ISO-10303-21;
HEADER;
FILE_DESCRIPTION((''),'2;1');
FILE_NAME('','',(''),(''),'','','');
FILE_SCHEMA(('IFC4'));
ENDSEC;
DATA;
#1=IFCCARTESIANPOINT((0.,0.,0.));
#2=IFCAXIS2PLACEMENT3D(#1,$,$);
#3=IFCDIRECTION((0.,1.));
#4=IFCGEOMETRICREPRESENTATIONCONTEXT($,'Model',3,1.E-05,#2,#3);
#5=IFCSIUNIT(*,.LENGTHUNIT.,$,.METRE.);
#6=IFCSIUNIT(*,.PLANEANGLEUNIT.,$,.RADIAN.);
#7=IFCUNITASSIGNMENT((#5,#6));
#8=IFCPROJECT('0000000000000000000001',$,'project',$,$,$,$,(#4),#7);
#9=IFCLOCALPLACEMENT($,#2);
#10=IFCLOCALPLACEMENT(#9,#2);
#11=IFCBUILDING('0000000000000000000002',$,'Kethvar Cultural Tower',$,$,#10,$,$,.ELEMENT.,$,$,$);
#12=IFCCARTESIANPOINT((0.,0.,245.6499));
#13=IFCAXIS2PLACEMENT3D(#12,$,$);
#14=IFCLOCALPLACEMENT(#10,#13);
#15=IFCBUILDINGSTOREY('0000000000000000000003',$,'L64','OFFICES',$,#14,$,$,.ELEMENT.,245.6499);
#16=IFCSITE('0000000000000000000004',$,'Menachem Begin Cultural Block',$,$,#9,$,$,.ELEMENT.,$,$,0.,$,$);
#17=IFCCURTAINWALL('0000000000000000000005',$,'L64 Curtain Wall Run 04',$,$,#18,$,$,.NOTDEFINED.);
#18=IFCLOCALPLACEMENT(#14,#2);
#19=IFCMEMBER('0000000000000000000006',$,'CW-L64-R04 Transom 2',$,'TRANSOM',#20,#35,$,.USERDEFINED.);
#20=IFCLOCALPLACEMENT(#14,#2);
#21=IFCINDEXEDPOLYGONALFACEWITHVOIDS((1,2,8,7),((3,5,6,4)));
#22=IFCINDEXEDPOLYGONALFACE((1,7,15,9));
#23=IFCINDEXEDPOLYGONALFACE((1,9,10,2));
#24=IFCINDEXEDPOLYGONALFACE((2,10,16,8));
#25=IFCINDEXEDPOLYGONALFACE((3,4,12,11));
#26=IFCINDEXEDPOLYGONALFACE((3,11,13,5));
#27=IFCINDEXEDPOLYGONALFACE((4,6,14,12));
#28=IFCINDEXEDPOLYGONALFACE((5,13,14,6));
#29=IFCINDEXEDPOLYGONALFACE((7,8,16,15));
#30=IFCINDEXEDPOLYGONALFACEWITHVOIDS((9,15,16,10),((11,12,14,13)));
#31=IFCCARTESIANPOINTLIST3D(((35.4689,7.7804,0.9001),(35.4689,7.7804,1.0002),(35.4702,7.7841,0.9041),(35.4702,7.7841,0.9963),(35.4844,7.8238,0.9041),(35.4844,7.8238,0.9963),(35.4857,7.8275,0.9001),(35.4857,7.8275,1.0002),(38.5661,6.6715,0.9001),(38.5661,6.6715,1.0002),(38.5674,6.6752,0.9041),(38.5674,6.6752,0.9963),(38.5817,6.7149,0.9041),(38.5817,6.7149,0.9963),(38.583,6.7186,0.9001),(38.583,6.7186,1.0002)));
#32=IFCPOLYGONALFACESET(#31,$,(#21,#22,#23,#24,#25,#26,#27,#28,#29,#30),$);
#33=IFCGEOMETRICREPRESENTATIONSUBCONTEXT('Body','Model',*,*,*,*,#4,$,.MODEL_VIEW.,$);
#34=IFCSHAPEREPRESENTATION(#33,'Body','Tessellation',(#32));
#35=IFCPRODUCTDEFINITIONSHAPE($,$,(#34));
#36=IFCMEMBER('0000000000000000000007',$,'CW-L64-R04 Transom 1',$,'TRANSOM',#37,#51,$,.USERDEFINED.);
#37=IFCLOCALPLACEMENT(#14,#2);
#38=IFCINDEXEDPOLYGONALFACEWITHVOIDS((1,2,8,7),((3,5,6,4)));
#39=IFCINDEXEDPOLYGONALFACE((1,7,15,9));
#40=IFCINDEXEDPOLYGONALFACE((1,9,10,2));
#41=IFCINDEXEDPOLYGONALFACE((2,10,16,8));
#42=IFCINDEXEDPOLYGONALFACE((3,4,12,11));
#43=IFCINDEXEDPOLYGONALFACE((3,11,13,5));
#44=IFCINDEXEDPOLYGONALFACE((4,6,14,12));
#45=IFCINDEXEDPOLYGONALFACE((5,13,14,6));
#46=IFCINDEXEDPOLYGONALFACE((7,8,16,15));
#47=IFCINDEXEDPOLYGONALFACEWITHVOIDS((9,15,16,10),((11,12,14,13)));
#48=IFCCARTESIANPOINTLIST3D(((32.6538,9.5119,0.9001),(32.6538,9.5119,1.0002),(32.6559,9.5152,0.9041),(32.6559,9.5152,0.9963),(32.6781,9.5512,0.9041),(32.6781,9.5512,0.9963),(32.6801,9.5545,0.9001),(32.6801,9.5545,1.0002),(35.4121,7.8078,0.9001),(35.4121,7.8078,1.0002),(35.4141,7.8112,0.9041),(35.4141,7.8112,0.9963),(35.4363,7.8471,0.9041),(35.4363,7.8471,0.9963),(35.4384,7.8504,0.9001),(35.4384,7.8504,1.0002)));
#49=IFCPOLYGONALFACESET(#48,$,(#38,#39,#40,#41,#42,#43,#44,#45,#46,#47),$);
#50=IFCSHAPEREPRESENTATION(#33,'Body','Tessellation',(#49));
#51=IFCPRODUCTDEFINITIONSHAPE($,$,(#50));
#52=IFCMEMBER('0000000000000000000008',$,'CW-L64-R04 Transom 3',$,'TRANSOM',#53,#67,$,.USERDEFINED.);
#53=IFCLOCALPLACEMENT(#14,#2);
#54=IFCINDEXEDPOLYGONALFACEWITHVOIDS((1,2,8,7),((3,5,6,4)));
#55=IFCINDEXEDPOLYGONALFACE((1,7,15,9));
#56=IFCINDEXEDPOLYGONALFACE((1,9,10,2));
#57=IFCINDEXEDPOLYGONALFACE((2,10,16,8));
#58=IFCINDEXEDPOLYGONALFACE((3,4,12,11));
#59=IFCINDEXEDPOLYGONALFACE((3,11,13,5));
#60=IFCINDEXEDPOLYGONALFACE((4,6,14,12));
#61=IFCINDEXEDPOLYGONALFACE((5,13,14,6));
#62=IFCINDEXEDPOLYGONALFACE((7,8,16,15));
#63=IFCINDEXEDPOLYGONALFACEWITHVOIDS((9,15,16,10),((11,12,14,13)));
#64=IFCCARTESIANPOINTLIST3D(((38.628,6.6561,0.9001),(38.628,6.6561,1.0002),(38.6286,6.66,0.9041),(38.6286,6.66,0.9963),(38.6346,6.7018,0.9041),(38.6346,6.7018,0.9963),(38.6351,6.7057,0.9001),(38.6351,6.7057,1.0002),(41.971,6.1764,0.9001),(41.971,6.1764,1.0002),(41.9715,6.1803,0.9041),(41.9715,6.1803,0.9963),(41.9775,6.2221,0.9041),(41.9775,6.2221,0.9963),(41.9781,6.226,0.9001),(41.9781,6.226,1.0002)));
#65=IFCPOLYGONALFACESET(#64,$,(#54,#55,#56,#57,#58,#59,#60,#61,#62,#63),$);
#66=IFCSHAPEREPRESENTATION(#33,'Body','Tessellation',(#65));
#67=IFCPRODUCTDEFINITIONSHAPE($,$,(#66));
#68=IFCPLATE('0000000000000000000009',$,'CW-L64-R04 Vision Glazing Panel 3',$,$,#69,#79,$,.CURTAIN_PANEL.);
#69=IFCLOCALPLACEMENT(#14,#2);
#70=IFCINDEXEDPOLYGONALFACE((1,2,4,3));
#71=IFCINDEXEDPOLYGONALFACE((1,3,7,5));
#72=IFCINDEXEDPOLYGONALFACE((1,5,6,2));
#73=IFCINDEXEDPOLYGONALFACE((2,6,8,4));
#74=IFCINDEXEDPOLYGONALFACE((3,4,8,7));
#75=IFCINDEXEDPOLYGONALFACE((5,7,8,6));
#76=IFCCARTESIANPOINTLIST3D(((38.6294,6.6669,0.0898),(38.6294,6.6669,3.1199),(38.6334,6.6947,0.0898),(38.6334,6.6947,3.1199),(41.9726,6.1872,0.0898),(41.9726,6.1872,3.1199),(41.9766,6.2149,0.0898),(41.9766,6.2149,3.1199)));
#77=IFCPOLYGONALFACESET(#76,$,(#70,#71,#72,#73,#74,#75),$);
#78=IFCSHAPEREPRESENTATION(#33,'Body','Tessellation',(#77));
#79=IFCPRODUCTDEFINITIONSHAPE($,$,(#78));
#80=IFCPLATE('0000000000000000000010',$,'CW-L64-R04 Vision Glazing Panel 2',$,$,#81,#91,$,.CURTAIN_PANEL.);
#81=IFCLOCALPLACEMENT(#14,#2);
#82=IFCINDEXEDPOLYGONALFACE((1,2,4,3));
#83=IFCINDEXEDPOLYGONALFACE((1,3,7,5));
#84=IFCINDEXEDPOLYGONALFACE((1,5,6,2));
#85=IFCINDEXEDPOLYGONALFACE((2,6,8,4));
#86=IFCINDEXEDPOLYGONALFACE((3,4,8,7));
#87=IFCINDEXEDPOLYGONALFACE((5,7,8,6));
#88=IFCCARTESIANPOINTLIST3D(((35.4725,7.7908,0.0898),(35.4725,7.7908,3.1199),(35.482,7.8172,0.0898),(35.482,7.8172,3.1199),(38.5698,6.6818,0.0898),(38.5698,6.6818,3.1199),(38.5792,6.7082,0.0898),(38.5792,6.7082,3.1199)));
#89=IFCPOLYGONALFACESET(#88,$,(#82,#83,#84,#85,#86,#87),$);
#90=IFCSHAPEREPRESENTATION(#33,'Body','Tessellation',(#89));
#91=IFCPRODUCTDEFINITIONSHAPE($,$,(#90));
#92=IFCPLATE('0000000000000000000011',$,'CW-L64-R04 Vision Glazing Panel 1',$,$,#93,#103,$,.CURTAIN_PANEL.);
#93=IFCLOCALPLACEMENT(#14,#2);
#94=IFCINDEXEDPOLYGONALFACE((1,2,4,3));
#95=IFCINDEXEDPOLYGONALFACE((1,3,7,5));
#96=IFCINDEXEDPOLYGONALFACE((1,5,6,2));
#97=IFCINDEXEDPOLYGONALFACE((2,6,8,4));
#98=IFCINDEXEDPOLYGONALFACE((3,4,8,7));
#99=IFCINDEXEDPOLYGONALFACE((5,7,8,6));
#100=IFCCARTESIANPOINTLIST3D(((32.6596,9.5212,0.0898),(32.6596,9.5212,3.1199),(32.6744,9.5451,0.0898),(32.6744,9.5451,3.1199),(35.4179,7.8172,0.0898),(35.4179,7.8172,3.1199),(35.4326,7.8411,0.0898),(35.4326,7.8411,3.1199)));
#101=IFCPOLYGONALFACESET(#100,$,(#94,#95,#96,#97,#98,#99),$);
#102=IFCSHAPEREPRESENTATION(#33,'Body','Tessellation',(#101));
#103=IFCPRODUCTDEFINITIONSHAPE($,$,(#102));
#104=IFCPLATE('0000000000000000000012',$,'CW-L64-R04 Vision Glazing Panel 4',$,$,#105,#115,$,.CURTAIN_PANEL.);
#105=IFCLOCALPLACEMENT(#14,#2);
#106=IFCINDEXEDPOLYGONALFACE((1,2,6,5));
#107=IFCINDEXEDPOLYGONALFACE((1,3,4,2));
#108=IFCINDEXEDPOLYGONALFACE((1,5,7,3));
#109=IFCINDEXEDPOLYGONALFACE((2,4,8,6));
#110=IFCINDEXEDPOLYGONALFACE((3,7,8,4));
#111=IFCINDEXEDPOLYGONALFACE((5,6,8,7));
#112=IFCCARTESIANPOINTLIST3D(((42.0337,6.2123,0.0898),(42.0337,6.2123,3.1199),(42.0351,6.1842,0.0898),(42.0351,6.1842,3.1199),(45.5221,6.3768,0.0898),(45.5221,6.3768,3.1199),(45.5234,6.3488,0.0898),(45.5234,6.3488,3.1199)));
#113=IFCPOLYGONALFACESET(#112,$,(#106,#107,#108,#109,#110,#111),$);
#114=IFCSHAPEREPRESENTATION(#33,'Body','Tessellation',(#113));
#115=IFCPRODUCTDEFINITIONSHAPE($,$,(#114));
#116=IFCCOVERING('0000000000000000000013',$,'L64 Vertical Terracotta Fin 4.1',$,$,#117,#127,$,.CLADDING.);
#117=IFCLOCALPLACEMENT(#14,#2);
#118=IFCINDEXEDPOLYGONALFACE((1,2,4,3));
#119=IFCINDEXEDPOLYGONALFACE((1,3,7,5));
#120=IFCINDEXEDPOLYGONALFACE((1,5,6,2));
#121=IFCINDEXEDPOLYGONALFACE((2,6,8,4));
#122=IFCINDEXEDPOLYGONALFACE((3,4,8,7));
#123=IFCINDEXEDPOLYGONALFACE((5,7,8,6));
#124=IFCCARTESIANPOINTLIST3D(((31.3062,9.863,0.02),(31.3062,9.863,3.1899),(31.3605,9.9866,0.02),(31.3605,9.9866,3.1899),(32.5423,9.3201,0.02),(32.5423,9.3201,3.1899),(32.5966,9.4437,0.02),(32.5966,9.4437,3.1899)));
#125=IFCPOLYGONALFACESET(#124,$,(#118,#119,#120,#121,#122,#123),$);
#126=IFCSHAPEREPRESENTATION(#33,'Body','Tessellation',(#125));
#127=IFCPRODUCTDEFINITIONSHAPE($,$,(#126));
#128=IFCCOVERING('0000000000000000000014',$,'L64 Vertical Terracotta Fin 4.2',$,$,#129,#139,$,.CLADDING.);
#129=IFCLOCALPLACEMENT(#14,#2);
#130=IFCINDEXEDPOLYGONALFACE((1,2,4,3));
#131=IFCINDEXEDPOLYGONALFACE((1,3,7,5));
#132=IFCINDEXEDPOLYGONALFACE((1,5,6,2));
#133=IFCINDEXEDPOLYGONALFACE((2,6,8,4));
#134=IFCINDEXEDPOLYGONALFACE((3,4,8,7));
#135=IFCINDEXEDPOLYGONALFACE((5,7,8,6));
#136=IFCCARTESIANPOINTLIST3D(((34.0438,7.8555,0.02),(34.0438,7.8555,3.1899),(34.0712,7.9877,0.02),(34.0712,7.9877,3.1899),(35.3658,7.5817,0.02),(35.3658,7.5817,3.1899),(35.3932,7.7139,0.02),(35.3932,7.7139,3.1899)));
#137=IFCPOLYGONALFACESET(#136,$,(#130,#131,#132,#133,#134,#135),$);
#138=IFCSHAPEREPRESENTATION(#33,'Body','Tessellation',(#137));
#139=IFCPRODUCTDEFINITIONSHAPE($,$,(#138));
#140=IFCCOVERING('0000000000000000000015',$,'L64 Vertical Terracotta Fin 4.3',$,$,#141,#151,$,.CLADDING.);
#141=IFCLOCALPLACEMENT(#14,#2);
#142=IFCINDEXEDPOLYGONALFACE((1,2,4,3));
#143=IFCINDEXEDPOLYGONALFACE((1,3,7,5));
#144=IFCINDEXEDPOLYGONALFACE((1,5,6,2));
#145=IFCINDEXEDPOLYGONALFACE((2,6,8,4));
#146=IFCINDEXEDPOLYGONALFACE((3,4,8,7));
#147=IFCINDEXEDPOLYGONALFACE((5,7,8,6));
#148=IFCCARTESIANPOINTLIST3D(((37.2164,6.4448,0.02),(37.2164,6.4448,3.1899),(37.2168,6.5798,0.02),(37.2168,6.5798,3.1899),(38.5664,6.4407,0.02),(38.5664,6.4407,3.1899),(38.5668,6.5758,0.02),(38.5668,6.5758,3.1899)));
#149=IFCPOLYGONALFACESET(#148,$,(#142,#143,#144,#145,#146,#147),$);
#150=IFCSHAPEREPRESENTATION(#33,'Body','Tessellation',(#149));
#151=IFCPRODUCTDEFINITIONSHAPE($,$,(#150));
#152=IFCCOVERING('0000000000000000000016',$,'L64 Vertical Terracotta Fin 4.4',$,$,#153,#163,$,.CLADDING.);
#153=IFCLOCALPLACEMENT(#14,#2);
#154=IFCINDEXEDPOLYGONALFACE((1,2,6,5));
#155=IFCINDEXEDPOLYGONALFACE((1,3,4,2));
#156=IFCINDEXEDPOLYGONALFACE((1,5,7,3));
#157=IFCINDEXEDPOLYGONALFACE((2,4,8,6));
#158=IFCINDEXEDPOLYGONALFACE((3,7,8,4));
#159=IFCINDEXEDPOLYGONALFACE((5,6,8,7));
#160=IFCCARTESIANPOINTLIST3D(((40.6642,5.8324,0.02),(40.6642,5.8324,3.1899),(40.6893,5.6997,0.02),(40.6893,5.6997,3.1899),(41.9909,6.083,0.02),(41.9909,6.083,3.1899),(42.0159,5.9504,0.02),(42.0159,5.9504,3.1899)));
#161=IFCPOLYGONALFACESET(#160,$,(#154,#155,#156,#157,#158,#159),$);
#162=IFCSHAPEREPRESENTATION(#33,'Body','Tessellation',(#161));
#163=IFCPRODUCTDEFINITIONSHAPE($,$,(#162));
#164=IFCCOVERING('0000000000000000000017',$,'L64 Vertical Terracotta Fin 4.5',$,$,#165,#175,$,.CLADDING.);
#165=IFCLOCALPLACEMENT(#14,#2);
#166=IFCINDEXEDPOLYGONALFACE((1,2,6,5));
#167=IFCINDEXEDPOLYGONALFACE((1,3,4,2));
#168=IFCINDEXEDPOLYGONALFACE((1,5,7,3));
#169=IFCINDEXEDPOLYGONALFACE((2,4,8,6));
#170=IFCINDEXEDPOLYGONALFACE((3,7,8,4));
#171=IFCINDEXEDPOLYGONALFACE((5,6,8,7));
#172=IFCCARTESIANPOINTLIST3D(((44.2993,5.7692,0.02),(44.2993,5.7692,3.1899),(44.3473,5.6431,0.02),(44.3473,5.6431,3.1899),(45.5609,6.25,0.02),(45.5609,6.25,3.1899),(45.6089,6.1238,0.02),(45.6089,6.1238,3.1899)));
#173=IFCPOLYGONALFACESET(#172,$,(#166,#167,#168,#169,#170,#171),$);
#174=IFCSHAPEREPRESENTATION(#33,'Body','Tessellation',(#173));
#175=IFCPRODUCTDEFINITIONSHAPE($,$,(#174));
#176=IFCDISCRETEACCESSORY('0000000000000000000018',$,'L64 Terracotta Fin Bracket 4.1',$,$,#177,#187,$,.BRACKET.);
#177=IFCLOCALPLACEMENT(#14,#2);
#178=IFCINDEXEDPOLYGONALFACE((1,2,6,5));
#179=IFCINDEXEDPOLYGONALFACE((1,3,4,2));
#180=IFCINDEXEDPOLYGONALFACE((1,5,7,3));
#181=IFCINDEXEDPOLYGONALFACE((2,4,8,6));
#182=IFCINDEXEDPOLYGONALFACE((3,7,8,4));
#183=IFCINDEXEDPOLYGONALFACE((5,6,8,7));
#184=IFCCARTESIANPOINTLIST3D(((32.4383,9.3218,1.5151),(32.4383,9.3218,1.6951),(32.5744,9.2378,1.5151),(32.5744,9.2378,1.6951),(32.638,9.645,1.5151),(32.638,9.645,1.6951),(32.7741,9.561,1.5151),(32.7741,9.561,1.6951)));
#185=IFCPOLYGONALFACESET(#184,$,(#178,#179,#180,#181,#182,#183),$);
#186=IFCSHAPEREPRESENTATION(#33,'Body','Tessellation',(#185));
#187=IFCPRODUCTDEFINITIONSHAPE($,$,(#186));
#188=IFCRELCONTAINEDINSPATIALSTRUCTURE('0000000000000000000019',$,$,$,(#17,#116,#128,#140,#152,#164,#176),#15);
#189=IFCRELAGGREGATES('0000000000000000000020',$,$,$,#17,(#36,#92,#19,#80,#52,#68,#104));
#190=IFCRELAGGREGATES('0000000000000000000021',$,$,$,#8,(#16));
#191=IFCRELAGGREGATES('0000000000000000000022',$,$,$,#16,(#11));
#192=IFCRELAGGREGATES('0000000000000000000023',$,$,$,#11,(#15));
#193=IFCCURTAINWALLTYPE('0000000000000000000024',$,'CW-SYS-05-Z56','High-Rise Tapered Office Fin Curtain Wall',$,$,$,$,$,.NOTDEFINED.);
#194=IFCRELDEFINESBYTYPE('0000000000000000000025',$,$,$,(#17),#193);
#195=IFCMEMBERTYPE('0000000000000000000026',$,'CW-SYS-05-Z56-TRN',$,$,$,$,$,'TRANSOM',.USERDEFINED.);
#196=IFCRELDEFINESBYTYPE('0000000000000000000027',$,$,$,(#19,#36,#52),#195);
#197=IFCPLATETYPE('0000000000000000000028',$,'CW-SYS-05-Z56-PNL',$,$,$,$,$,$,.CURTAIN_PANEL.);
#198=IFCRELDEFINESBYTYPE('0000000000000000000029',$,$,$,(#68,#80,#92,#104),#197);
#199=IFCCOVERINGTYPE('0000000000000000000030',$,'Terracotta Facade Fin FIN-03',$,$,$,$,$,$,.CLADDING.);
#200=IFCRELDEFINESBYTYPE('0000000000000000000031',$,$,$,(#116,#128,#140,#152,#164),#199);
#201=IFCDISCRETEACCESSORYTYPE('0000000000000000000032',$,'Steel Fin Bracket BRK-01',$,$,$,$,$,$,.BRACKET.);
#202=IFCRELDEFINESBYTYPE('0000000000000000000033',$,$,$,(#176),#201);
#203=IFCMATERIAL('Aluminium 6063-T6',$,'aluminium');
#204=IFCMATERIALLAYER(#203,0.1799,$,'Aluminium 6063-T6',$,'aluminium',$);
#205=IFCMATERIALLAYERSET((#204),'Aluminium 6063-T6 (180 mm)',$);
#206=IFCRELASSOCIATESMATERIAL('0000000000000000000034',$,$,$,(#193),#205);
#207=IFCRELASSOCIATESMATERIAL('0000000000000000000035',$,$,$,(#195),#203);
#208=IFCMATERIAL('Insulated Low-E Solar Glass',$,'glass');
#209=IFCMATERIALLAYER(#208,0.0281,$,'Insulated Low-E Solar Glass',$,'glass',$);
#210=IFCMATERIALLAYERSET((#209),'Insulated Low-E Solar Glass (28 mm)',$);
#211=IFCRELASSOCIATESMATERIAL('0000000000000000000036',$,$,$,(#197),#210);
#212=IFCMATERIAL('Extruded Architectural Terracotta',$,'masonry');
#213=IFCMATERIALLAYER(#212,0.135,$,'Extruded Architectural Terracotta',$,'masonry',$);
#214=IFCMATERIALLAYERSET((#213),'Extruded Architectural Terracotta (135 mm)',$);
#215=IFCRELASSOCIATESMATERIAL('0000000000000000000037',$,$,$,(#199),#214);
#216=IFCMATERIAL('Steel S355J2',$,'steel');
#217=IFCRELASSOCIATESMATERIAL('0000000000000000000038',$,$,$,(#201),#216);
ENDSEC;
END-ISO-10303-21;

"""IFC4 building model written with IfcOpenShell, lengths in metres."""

from ifc_helpers import new_model, si_unit, direction, frame, origin, origin_2d, place, context, subcontext, project, spatial, rectangle, hollow_rectangle, extrude, source, transform, mapped, material, layer, layer_set, material_profile, profile_set, type_object, element, aggregate, save


model = new_model("IFC4")

# Units and contexts
model_context = context("Model", 3, precision=1e-05, world=origin(), true_north=direction((0.0, 1.0)))
body_context = subcontext(model_context, "Body", "Model", "MODEL_VIEW")
ifc_project = project(units=[si_unit("LENGTHUNIT", "METRE"), si_unit("PLANEANGLEUNIT", "RADIAN")], contexts=[model_context])

# Site, building, storey
site_placement = place(None, origin())
site = spatial("IfcSite", under=ifc_project, at=site_placement, Name="Menachem Begin Cultural Block", CompositionType="ELEMENT", RefElevation=0.0)
building_placement = place(site_placement, origin())
building = spatial("IfcBuilding", under=site, at=building_placement, Name="Kethvar Cultural Tower", CompositionType="ELEMENT")
storey_placement = place(building_placement, frame((0.0, 0.0, 245.6499)))
storey = spatial("IfcBuildingStorey", under=building, at=storey_placement, Name="L64", Description="OFFICES", CompositionType="ELEMENT", Elevation=245.6499)

# Shared definitions
ifc_material_1 = material(Name="Steel S355J2", Category="steel")

# Shared definitions
ifc_material_2 = material(Name="Aluminium 6063-T6", Category="aluminium")
ifc_layer_1 = layer(ifc_material_2, 0.1799, Name="Aluminium 6063-T6", Category="aluminium")
ifc_layer_set_1 = layer_set([ifc_layer_1], Name="Aluminium 6063-T6 (180 mm)")
curtain_wall_type = type_object("IfcCurtainWallType", Name="CW-SYS-05-Z56", Description="High-Rise Tapered Office Fin Curtain Wall", PredefinedType="NOTDEFINED", material=ifc_layer_set_1)

# Curtain wall, members, plates
curtain_wall_1_placement = place(storey_placement, origin())
curtain_wall_1 = element("IfcCurtainWall", 1, at=curtain_wall_1_placement, inside=storey, type_object=curtain_wall_type, Name="L64 Curtain Wall Run 04", PredefinedType="NOTDEFINED")
ifc_material_profile_1 = material_profile(ifc_material_2, hollow_rectangle(XDim=0.05, YDim=0.1001, WallThickness=0.0039, at=origin_2d()), Name="Aluminium 6063-T6 — RHS100x50x4")
ifc_profile_set_1 = profile_set([ifc_material_profile_1], Name="Aluminium 6063-T6 — RHS100x50x4")
member_type_1 = type_object("IfcMemberType", Name="CW-SYS-05-Z56-TRN", ElementType="TRANSOM", PredefinedType="USERDEFINED", material=ifc_profile_set_1)
shared_shape_1 = source(origin(), body_context, "Body", "SweptSolid", [
    extrude(hollow_rectangle(XDim=0.05, YDim=0.1001, WallThickness=0.0039, at=origin_2d()), origin(), (0.0, 0.0, 1.0), 3.2898),
])
member_1_placement = place(storey_placement, frame((35.4773, 7.804, 0.9502), z_axis=(0.941476, -0.337079, 0.0), x_axis=(0.337079, 0.941476, 0.0)))
member_1 = element("IfcMember", 2, at=member_1_placement, type_object=member_type_1, Name="CW-L64-R04 Transom 2", ObjectType="TRANSOM", PredefinedType="USERDEFINED", context=body_context, shape_type="MappedRepresentation", body=[
    mapped(shared_shape_1, transform((0.0, 0.0, 0.0), scale=1.0)),
])
shared_shape_2 = source(origin(), body_context, "Body", "SweptSolid", [
    extrude(hollow_rectangle(XDim=0.05, YDim=0.1001, WallThickness=0.0039, at=origin_2d()), origin(), (0.0, 0.0, 1.0), 3.2422),
])
member_2_placement = place(storey_placement, frame((32.667, 9.5332, 0.9502), z_axis=(0.850737, -0.525592, 0.0), x_axis=(0.525592, 0.850737, 0.0)))
member_2 = element("IfcMember", 3, at=member_2_placement, type_object=member_type_1, Name="CW-L64-R04 Transom 1", ObjectType="TRANSOM", PredefinedType="USERDEFINED", context=body_context, shape_type="MappedRepresentation", body=[
    mapped(shared_shape_2, transform((0.0, 0.0, 0.0), scale=1.0)),
])
shared_shape_3 = source(origin(), body_context, "Body", "SweptSolid", [
    extrude(hollow_rectangle(XDim=0.05, YDim=0.1001, WallThickness=0.0039, at=origin_2d()), origin(), (0.0, 0.0, 1.0), 3.3772),
])
member_3_placement = place(storey_placement, frame((38.6316, 6.6809, 0.9502), z_axis=(0.98986, -0.142049, 0.0), x_axis=(0.142049, 0.98986, 0.0)))
member_3 = element("IfcMember", 4, at=member_3_placement, type_object=member_type_1, Name="CW-L64-R04 Transom 3", ObjectType="TRANSOM", PredefinedType="USERDEFINED", context=body_context, shape_type="MappedRepresentation", body=[
    mapped(shared_shape_3, transform((0.0, 0.0, 0.0), scale=1.0)),
])
ifc_material_3 = material(Name="Insulated Low-E Solar Glass", Category="glass")
ifc_layer_2 = layer(ifc_material_3, 0.0281, Name="Insulated Low-E Solar Glass", Category="glass")
ifc_layer_set_2 = layer_set([ifc_layer_2], Name="Insulated Low-E Solar Glass (28 mm)")
plate_type = type_object("IfcPlateType", Name="CW-SYS-05-Z56-PNL", PredefinedType="CURTAIN_PANEL", material=ifc_layer_set_2)
shared_shape_4 = source(origin(), body_context, "Body", "SweptSolid", [
    extrude(rectangle(XDim=3.3774, YDim=0.0281, at=origin_2d()), origin(), (0.0, 0.0, 1.0), 3.03),
])
plate_1_placement = place(storey_placement, frame((40.303, 6.4409, 0.0898), z_axis=(0.0, 0.0, 1.0), x_axis=(0.989861, -0.142042, 0.0)))
plate_1 = element("IfcPlate", 5, at=plate_1_placement, type_object=plate_type, Name="CW-L64-R04 Vision Glazing Panel 3", PredefinedType="CURTAIN_PANEL", context=body_context, shape_type="MappedRepresentation", body=[
    mapped(shared_shape_4, transform((0.0, 0.0, 0.0), scale=1.0)),
])
shared_shape_5 = source(origin(), body_context, "Body", "SweptSolid", [
    extrude(rectangle(XDim=3.2898, YDim=0.0281, at=origin_2d()), origin(), (0.0, 0.0, 1.0), 3.03),
])
plate_2_placement = place(storey_placement, frame((37.0259, 7.2495, 0.0898), z_axis=(0.0, 0.0, 1.0), x_axis=(0.941465, -0.337112, 0.0)))
plate_2 = element("IfcPlate", 6, at=plate_2_placement, type_object=plate_type, Name="CW-L64-R04 Vision Glazing Panel 2", PredefinedType="CURTAIN_PANEL", context=body_context, shape_type="MappedRepresentation", body=[
    mapped(shared_shape_5, transform((0.0, 0.0, 0.0), scale=1.0)),
])
shared_shape_6 = source(origin(), body_context, "Body", "SweptSolid", [
    extrude(rectangle(XDim=3.2422, YDim=0.0281, at=origin_2d()), origin(), (0.0, 0.0, 1.0), 3.03),
])
plate_3_placement = place(storey_placement, frame((34.0461, 8.6812, 0.0898), z_axis=(0.0, 0.0, 1.0), x_axis=(0.850738, -0.52559, 0.0)))
plate_3 = element("IfcPlate", 7, at=plate_3_placement, type_object=plate_type, Name="CW-L64-R04 Vision Glazing Panel 1", PredefinedType="CURTAIN_PANEL", context=body_context, shape_type="MappedRepresentation", body=[
    mapped(shared_shape_6, transform((0.0, 0.0, 0.0), scale=1.0)),
])
shared_shape_7 = source(origin(), body_context, "Body", "SweptSolid", [
    extrude(rectangle(XDim=3.4922, YDim=0.0281, at=origin_2d()), origin(), (0.0, 0.0, 1.0), 3.03),
])
plate_4_placement = place(storey_placement, frame((43.7786, 6.2805, 0.0898), z_axis=(0.0, 0.0, 1.0), x_axis=(0.998889, 0.047124, 0.0)))
plate_4 = element("IfcPlate", 8, at=plate_4_placement, type_object=plate_type, Name="CW-L64-R04 Vision Glazing Panel 4", PredefinedType="CURTAIN_PANEL", context=body_context, shape_type="MappedRepresentation", body=[
    mapped(shared_shape_7, transform((0.0, 0.0, 0.0), scale=1.0)),
])
aggregate(curtain_wall_1, [member_2, plate_3, member_1, plate_2, member_3, plate_1, plate_4])

# Coverings
ifc_material_4 = material(Name="Extruded Architectural Terracotta", Category="masonry")
ifc_layer_3 = layer(ifc_material_4, 0.135, Name="Extruded Architectural Terracotta", Category="masonry")
ifc_layer_set_3 = layer_set([ifc_layer_3], Name="Extruded Architectural Terracotta (135 mm)")
covering_type = type_object("IfcCoveringType", Name="Terracotta Facade Fin FIN-03", PredefinedType="CLADDING", material=ifc_layer_set_3)
shared_shape_8 = source(origin(), body_context, "Body", "SweptSolid", [
    extrude(rectangle(XDim=1.3501, YDim=0.135, at=origin_2d()), origin(), (0.0, 0.0, 1.0), 3.1699),
])
for number, where, z_axis, x_axis, name in (
    (9, (31.9514, 9.6533, 0.02), (0.0, 0.0, 1.0), (-0.915592, 0.402108, 0.0), "L64 Vertical Terracotta Fin 4.1"),
    (10, (34.7185, 7.7847, 0.02), (0.0, 0.0, 1.0), (-0.979223, 0.202787, 0.0), "L64 Vertical Terracotta Fin 4.2"),
    (11, (37.8916, 6.5103, 0.02), (0.0, 0.0, 1.0), (-0.999996, 0.002967, 0.0), "L64 Vertical Terracotta Fin 4.3"),
    (12, (41.3401, 5.8914, 0.02), (0.0, 0.0, 1.0), (-0.982613, -0.185667, 0.0), "L64 Vertical Terracotta Fin 4.4"),
    (13, (44.9541, 5.9465, 0.02), (0.0, 0.0, 1.0), (-0.934453, -0.356086, 0.0), "L64 Vertical Terracotta Fin 4.5"),
):
    element("IfcCovering", number, at=place(storey_placement, frame(where, z_axis=z_axis, x_axis=x_axis)), inside=storey, type_object=covering_type, Name=name, PredefinedType="CLADDING", context=body_context, shape_type="MappedRepresentation", body=[
        mapped(shared_shape_8, transform((0.0, 0.0, 0.0), scale=1.0)),
    ])

# Discrete accessory
discrete_accessory_type = type_object("IfcDiscreteAccessoryType", Name="Steel Fin Bracket BRK-01", PredefinedType="BRACKET", material=ifc_material_1)
shared_shape_9 = source(origin(), body_context, "Body", "SweptSolid", [
    extrude(rectangle(XDim=0.3799, YDim=0.1599, at=origin_2d()), origin(), (0.0, 0.0, 1.0), 0.1799),
])
for number, where, z_axis, x_axis, name in (
    (14, (32.6062, 9.4414, 1.5151), (0.0, 0.0, 1.0), (-0.52562, -0.850719, 0.0), "L64 Terracotta Fin Bracket 4.1"),
):
    element("IfcDiscreteAccessory", number, at=place(storey_placement, frame(where, z_axis=z_axis, x_axis=x_axis)), inside=storey, type_object=discrete_accessory_type, Name=name, PredefinedType="BRACKET", context=body_context, shape_type="MappedRepresentation", body=[
        mapped(shared_shape_9, transform((0.0, 0.0, 0.0), scale=1.0)),
    ])

save(model, "model.ifc")
